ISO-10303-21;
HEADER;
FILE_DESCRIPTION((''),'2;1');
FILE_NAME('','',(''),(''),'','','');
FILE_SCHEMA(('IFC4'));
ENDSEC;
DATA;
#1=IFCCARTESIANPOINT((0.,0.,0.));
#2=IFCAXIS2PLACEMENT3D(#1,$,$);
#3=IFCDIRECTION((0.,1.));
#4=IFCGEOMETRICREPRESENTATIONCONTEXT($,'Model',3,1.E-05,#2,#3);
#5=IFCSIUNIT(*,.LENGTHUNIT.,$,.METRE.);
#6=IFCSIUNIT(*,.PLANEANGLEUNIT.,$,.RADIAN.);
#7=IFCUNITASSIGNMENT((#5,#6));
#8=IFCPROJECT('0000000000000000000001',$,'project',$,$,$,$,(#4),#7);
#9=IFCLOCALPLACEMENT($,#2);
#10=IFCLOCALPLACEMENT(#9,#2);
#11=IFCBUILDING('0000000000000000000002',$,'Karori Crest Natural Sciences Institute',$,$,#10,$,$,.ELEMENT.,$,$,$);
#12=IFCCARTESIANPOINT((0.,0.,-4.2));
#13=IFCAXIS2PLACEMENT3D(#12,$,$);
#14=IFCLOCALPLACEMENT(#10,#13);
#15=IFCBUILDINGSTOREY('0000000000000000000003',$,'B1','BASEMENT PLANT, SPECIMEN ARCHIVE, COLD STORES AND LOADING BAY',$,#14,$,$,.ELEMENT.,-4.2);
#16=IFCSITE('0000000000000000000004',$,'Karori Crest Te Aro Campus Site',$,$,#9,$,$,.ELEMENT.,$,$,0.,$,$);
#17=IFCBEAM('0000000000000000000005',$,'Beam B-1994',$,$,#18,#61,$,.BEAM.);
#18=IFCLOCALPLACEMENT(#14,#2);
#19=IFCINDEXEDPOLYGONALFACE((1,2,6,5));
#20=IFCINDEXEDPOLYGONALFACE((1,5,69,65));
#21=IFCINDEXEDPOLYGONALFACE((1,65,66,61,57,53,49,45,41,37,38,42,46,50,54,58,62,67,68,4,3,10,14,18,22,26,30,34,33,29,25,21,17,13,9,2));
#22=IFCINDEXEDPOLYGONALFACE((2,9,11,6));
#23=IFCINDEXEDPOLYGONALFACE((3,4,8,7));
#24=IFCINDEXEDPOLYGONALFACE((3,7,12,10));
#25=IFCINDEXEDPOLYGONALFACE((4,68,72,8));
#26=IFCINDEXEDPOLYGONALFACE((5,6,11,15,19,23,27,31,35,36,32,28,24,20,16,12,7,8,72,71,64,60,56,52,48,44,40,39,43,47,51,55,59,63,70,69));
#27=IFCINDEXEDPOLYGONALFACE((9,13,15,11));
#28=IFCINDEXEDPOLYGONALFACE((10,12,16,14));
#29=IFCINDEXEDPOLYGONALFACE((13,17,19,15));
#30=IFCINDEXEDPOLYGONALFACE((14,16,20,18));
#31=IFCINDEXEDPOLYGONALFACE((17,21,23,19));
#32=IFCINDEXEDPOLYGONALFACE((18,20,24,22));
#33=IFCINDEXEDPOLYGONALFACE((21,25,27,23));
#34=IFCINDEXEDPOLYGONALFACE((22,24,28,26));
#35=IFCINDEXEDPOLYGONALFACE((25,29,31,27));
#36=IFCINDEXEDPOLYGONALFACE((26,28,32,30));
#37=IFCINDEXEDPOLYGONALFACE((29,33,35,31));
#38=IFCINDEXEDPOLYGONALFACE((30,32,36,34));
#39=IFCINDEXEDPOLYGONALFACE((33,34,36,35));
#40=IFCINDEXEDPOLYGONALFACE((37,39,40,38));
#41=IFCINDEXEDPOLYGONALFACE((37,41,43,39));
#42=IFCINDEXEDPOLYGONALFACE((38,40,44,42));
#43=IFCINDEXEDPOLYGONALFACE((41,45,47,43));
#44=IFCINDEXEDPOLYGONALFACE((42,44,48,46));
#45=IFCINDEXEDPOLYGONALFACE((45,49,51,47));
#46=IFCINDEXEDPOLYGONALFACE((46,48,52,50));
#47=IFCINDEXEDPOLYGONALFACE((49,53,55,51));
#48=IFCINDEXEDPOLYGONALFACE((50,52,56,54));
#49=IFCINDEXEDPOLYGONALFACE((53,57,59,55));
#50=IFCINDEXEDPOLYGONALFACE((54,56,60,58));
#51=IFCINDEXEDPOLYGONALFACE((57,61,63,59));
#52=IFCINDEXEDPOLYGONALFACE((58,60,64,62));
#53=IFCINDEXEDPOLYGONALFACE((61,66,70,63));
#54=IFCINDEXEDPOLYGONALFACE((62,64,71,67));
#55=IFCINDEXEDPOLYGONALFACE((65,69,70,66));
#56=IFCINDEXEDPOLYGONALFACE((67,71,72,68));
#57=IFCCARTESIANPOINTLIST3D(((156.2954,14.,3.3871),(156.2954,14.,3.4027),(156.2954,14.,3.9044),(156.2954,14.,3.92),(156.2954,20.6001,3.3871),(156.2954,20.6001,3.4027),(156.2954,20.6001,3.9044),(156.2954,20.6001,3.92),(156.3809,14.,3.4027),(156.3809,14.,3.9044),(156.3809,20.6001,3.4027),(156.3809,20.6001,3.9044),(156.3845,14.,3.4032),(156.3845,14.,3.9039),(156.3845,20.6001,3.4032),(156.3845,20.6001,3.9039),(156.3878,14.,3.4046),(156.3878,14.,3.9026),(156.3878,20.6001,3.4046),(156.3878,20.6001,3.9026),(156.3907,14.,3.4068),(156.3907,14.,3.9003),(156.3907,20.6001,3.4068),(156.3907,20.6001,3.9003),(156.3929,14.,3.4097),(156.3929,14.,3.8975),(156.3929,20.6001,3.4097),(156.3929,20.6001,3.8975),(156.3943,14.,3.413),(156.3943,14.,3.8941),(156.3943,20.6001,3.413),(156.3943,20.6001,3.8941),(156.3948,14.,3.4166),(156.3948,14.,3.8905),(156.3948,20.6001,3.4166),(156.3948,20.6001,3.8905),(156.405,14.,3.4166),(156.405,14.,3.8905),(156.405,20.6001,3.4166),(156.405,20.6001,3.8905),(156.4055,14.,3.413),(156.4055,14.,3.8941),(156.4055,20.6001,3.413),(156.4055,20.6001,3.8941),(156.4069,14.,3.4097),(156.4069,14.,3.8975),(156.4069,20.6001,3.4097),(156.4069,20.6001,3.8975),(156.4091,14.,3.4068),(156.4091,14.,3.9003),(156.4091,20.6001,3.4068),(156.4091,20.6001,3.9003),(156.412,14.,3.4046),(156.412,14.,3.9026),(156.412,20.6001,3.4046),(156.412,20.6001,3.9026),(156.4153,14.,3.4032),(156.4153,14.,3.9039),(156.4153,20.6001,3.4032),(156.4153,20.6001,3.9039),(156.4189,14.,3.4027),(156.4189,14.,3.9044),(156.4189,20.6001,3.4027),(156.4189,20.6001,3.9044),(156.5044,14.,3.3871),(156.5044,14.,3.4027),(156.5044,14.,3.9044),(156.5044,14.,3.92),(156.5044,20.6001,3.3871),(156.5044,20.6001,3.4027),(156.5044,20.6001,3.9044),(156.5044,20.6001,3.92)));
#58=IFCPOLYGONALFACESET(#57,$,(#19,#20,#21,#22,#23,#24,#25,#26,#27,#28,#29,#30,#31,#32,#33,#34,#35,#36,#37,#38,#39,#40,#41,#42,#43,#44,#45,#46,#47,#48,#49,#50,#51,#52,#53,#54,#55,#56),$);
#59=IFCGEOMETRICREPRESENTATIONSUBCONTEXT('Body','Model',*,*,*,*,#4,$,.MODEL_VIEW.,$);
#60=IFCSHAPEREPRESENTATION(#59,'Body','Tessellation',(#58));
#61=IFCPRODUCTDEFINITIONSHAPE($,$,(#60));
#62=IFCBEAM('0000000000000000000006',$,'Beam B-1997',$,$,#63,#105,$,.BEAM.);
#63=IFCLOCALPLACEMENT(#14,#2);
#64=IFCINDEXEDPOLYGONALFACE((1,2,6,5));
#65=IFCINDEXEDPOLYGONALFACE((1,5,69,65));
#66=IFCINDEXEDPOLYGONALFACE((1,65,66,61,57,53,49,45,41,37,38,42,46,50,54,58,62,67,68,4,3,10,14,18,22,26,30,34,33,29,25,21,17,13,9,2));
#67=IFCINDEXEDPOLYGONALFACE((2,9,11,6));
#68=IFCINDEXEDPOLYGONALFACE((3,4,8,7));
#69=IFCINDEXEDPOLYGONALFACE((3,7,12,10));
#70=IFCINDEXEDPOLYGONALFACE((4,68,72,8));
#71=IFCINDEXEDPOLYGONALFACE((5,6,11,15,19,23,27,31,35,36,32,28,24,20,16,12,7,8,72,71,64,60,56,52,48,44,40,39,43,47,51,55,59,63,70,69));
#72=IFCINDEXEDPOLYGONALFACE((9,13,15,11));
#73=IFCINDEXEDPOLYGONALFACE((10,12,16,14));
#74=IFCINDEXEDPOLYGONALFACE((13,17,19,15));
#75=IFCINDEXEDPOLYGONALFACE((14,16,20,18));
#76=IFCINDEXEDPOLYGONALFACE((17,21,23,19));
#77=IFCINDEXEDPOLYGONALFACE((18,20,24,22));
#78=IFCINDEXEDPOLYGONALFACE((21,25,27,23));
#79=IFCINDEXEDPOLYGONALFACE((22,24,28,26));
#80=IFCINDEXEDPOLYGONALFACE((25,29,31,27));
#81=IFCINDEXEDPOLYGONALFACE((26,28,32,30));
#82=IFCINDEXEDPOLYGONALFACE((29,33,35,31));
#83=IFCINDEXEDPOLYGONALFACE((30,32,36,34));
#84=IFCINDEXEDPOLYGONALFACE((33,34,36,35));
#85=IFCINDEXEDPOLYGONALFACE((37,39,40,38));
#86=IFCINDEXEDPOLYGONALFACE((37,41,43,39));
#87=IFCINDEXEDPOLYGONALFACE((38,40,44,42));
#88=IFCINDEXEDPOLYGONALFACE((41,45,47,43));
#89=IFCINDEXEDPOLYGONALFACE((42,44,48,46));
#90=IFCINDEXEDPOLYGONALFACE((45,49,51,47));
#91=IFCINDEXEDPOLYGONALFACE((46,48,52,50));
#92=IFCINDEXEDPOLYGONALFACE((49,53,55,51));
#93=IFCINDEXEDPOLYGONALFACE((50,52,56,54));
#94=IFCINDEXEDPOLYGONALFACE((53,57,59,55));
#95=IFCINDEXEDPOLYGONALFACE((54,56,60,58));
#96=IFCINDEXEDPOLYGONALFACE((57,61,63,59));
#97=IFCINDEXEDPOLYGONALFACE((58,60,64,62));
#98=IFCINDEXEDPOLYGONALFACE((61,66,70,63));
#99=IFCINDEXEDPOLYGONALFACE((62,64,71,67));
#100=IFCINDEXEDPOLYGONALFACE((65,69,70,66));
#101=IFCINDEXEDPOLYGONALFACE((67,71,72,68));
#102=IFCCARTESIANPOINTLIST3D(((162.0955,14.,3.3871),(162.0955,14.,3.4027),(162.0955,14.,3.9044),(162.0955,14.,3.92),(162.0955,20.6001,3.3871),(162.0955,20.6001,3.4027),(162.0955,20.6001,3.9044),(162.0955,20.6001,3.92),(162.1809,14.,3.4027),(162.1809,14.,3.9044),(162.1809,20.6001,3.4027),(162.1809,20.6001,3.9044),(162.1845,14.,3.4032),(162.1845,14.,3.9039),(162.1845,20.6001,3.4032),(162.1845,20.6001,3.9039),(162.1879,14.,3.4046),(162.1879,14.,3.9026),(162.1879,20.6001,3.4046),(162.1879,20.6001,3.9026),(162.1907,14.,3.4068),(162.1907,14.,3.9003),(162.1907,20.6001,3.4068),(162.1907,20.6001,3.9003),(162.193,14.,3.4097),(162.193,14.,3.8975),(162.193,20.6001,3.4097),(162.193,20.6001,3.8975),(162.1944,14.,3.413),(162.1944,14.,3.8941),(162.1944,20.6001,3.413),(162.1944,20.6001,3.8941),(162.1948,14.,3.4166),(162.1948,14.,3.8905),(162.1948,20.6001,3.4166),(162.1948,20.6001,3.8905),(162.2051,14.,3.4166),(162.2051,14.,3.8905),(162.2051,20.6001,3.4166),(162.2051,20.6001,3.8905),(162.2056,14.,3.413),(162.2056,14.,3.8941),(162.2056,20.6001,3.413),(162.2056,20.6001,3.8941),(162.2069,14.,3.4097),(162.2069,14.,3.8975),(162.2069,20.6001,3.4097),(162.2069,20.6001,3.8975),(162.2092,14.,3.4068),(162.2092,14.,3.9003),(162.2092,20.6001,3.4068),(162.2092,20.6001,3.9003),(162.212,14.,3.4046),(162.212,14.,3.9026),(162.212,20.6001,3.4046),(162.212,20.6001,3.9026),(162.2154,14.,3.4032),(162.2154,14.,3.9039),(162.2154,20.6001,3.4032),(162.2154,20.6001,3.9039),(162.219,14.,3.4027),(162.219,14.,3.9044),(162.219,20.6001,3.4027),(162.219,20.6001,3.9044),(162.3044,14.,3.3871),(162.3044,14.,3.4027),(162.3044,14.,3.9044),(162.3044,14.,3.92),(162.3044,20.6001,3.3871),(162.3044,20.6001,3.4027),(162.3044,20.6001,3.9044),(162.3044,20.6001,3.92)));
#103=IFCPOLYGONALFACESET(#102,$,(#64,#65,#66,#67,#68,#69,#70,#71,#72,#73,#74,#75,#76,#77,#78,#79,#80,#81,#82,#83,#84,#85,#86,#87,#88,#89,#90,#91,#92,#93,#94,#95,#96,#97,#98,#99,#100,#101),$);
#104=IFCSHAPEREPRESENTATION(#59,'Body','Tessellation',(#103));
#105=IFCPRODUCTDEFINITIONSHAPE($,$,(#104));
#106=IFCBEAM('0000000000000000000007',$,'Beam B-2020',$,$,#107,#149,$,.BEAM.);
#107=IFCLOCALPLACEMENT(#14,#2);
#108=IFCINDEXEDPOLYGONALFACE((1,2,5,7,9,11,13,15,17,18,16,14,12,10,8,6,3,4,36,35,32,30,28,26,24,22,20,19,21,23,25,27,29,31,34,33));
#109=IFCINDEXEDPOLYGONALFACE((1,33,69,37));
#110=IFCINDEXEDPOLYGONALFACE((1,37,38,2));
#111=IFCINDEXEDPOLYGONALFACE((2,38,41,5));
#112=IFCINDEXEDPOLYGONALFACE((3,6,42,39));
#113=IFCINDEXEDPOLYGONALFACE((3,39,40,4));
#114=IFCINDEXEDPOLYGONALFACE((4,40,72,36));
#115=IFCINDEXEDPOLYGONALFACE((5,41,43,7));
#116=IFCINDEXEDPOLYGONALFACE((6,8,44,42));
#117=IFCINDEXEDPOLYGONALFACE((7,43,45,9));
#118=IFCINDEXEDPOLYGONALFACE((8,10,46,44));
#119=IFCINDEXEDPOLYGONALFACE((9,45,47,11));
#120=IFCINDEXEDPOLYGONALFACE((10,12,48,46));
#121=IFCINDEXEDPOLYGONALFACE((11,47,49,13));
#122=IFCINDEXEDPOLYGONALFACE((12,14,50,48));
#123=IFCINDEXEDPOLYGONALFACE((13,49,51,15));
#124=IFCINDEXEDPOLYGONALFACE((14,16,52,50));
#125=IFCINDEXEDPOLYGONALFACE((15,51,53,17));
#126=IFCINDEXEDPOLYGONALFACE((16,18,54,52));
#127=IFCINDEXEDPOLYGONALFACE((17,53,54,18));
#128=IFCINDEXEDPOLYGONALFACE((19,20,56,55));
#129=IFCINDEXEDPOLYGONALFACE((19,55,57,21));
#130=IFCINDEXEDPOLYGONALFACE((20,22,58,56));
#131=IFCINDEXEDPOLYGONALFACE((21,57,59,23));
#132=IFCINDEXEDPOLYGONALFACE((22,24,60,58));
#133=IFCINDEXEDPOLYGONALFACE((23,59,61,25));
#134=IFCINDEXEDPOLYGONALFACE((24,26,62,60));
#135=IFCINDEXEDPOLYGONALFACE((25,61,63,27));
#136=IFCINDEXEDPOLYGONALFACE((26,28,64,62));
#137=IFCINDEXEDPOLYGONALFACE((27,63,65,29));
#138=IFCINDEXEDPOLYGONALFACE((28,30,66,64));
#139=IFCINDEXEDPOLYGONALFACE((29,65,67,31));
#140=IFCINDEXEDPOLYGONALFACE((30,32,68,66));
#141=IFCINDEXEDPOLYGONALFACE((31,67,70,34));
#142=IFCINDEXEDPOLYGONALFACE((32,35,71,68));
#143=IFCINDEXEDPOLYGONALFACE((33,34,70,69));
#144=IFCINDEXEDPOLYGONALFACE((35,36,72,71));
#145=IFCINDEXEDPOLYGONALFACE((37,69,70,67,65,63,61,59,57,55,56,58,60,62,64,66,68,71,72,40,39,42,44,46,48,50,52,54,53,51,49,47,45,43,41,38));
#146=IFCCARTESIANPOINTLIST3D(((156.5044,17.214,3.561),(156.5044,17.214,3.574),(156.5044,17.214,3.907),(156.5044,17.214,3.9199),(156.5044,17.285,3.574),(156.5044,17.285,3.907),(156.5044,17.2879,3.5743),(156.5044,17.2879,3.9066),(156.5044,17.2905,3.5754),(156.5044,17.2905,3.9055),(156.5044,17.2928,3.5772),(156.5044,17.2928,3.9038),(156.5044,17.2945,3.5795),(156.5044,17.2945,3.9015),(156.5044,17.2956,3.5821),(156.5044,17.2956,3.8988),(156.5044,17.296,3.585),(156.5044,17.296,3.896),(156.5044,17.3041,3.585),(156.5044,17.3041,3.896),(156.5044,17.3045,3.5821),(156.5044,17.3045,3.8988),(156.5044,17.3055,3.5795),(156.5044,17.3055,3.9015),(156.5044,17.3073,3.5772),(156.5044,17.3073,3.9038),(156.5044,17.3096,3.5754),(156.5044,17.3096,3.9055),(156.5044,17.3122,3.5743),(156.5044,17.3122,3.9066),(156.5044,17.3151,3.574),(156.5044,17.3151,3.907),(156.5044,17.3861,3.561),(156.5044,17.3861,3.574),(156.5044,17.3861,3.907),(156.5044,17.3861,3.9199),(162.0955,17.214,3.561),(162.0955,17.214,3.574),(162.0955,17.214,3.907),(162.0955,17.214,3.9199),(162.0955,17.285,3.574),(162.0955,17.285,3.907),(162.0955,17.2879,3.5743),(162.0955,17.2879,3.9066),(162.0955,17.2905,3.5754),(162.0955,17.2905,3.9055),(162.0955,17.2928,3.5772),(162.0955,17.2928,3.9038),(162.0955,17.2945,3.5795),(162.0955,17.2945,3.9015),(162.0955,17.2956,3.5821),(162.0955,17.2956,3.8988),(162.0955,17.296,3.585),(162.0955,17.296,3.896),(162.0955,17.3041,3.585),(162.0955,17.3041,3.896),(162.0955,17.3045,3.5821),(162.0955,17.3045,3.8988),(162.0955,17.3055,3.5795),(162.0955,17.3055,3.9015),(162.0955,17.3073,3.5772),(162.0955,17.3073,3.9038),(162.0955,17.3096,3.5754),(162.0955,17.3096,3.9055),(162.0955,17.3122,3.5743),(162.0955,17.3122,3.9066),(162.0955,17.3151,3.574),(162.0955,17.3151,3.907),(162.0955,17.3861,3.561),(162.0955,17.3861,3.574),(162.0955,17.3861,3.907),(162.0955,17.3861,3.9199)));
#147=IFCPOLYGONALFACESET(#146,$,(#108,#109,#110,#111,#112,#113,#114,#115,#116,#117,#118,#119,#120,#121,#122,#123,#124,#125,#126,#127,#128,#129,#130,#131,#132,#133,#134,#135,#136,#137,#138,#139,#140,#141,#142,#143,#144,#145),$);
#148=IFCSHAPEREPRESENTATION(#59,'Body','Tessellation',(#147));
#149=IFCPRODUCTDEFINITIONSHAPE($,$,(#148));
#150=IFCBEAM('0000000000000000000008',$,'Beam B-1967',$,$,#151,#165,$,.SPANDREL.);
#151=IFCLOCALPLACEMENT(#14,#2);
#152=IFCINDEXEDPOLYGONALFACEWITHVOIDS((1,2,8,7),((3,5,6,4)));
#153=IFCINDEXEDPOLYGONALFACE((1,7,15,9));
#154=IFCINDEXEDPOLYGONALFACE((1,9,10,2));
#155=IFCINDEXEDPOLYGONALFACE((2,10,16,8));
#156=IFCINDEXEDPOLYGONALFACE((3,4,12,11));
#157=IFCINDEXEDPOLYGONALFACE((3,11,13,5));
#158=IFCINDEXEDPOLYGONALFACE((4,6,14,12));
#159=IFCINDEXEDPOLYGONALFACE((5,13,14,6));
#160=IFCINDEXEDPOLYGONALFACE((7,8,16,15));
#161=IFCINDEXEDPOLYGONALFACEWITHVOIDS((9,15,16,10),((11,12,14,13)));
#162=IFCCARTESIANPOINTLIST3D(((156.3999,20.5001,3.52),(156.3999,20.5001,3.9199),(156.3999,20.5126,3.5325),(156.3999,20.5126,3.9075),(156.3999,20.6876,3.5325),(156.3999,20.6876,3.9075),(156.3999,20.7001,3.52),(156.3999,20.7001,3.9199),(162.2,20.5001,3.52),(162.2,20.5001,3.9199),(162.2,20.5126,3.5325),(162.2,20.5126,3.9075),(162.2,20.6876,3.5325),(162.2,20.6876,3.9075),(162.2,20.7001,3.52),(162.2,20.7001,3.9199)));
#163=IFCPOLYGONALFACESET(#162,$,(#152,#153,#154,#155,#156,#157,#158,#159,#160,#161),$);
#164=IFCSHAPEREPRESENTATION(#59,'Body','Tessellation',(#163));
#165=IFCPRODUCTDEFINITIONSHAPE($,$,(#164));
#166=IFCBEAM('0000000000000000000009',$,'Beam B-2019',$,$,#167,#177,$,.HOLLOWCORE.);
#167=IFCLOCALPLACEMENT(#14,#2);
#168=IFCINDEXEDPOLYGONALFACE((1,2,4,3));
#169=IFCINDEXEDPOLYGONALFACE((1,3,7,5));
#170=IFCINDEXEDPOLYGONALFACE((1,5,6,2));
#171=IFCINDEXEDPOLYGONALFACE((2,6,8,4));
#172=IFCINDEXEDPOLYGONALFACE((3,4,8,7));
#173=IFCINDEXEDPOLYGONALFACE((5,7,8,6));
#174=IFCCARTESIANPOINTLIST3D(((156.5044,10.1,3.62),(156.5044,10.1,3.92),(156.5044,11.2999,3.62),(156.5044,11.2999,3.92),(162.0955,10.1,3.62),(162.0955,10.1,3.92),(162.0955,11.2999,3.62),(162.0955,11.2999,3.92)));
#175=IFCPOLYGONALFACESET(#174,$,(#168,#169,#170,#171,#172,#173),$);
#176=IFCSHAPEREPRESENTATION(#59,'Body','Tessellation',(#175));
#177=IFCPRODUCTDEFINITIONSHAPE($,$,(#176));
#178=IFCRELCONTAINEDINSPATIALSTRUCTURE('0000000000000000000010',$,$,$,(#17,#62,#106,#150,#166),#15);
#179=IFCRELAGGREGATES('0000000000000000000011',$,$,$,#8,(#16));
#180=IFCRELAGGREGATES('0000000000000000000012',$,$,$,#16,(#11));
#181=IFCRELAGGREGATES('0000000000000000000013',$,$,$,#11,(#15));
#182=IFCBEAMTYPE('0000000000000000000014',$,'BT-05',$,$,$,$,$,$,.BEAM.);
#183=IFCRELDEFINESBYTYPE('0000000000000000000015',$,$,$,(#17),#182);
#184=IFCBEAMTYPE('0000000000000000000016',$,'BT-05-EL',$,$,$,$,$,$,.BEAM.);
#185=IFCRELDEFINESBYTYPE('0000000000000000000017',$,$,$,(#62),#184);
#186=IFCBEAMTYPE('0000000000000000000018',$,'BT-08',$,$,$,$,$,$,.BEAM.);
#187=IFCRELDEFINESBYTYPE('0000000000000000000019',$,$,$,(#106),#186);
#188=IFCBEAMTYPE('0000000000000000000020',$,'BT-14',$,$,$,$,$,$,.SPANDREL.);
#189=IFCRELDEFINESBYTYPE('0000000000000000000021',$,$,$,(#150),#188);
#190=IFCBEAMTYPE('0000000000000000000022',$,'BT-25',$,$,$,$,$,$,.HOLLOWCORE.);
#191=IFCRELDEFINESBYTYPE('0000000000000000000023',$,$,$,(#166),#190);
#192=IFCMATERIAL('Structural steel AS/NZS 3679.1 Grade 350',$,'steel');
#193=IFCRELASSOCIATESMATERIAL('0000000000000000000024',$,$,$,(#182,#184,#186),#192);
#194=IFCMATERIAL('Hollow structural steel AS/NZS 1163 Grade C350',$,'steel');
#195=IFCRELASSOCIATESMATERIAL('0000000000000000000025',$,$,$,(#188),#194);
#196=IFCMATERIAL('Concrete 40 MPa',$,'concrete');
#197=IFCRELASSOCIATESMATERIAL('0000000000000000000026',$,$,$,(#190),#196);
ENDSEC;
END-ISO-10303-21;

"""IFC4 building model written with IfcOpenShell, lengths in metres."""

from ifc_helpers import new_model, si_unit, direction, frame, origin, origin_2d, place, context, subcontext, project, spatial, rectangle, hollow_rectangle, i_section, extrude, material, material_profile, profile_set, type_object, element, save


model = new_model("IFC4")

# Units and contexts
model_context = context("Model", 3, precision=1e-05, world=origin(), true_north=direction((0.0, 1.0)))
body_context = subcontext(model_context, "Body", "Model", "MODEL_VIEW")
ifc_project = project(units=[si_unit("LENGTHUNIT", "METRE"), si_unit("PLANEANGLEUNIT", "RADIAN")], contexts=[model_context])

# Site, building, storey
site_placement = place(None, origin())
site = spatial("IfcSite", under=ifc_project, at=site_placement, Name="Karori Crest Te Aro Campus Site", CompositionType="ELEMENT", RefElevation=0.0)
building_placement = place(site_placement, origin())
building = spatial("IfcBuilding", under=site, at=building_placement, Name="Karori Crest Natural Sciences Institute", CompositionType="ELEMENT")
storey_placement = place(building_placement, frame((0.0, 0.0, -4.2)))
storey = spatial("IfcBuildingStorey", under=building, at=storey_placement, Name="B1", Description="BASEMENT PLANT, SPECIMEN ARCHIVE, COLD STORES AND LOADING BAY", CompositionType="ELEMENT", Elevation=-4.2)

# Shared definitions
ifc_material_1 = material(Name="Concrete 40 MPa", Category="concrete")

# Shared definitions
ifc_material_2 = material(Name="Structural steel AS/NZS 3679.1 Grade 350", Category="steel")

# Beams
ifc_material_profile_1 = material_profile(ifc_material_2, i_section(OverallWidth=0.209, OverallDepth=0.533, WebThickness=0.0103, FlangeThickness=0.0156, FilletRadius=0.0139, at=origin_2d()), Name="530UB92.4")
ifc_profile_set_1 = profile_set([ifc_material_profile_1], Name="Structural steel AS/NZS 3679.1 Grade 350")
beam_type_1 = type_object("IfcBeamType", Name="BT-05", PredefinedType="BEAM", material=ifc_profile_set_1)
beam_1_placement = place(storey_placement, frame((156.3999, 14.0, 3.6536), z_axis=(0.0, 1.0, 0.0), x_axis=(-1.0, 0.0, 0.0)))
element("IfcBeam", 1, at=beam_1_placement, inside=storey, type_object=beam_type_1, Name="Beam B-1994", PredefinedType="BEAM", context=body_context, shape_type="SweptSolid", body=[
    extrude(i_section(OverallWidth=0.209, OverallDepth=0.533, WebThickness=0.0103, FlangeThickness=0.0156, FilletRadius=0.0139, at=origin_2d()), origin(), (0.0, 0.0, 1.0), 6.6001),
])
ifc_material_profile_2 = material_profile(ifc_material_2, i_section(OverallWidth=0.209, OverallDepth=0.533, WebThickness=0.0103, FlangeThickness=0.0156, FilletRadius=0.0139, at=origin_2d()), Name="530UB92.4")
ifc_profile_set_2 = profile_set([ifc_material_profile_2], Name="Structural steel AS/NZS 3679.1 Grade 350")
beam_type_2 = type_object("IfcBeamType", Name="BT-05-EL", PredefinedType="BEAM", material=ifc_profile_set_2)
beam_2_placement = place(storey_placement, frame((162.2, 14.0, 3.6536), z_axis=(0.0, 1.0, 0.0), x_axis=(-1.0, 0.0, 0.0)))
element("IfcBeam", 2, at=beam_2_placement, inside=storey, type_object=beam_type_2, Name="Beam B-1997", PredefinedType="BEAM", context=body_context, shape_type="SweptSolid", body=[
    extrude(i_section(OverallWidth=0.209, OverallDepth=0.533, WebThickness=0.0103, FlangeThickness=0.0156, FilletRadius=0.0139, at=origin_2d()), origin(), (0.0, 0.0, 1.0), 6.6001),
])
ifc_material_profile_3 = material_profile(ifc_material_2, i_section(OverallWidth=0.1721, OverallDepth=0.3589, WebThickness=0.0081, FlangeThickness=0.0129, FilletRadius=0.011, at=origin_2d()), Name="360UB56.7")
ifc_profile_set_3 = profile_set([ifc_material_profile_3], Name="Structural steel AS/NZS 3679.1 Grade 350")
beam_type_3 = type_object("IfcBeamType", Name="BT-08", PredefinedType="BEAM", material=ifc_profile_set_3)
beam_3_placement = place(storey_placement, frame((156.5044, 17.3, 3.7405), z_axis=(1.0, 0.0, 0.0), x_axis=(0.0, 1.0, 0.0)))
element("IfcBeam", 3, at=beam_3_placement, inside=storey, type_object=beam_type_3, Name="Beam B-2020", PredefinedType="BEAM", context=body_context, shape_type="SweptSolid", body=[
    extrude(i_section(OverallWidth=0.1721, OverallDepth=0.3589, WebThickness=0.0081, FlangeThickness=0.0129, FilletRadius=0.011, at=origin_2d()), origin(), (0.0, 0.0, 1.0), 5.5911),
])
ifc_material_3 = material(Name="Hollow structural steel AS/NZS 1163 Grade C350", Category="steel")
ifc_material_profile_4 = material_profile(ifc_material_3, hollow_rectangle(XDim=0.2, YDim=0.3999, WallThickness=0.0125, at=origin_2d()), Name="RHS400x200x12.5")
ifc_profile_set_4 = profile_set([ifc_material_profile_4], Name="Hollow structural steel AS/NZS 1163 Grade C350")
beam_type_4 = type_object("IfcBeamType", Name="BT-14", PredefinedType="SPANDREL", material=ifc_profile_set_4)
beam_4_placement = place(storey_placement, frame((156.3999, 20.6001, 3.72), z_axis=(1.0, 0.0, 0.0), x_axis=(0.0, 1.0, 0.0)))
element("IfcBeam", 4, at=beam_4_placement, inside=storey, type_object=beam_type_4, Name="Beam B-1967", PredefinedType="SPANDREL", context=body_context, shape_type="SweptSolid", body=[
    extrude(hollow_rectangle(XDim=0.2, YDim=0.3999, WallThickness=0.0125, at=origin_2d()), origin(), (0.0, 0.0, 1.0), 5.8),
])
ifc_material_profile_5 = material_profile(ifc_material_1, rectangle(XDim=1.2, YDim=0.3, at=origin_2d()), Name="HCP1200x300")
ifc_profile_set_5 = profile_set([ifc_material_profile_5], Name="Concrete 40 MPa")
beam_type_5 = type_object("IfcBeamType", Name="BT-25", PredefinedType="HOLLOWCORE", material=ifc_profile_set_5)
beam_5_placement = place(storey_placement, frame((156.5044, 10.7, 3.77), z_axis=(1.0, 0.0, 0.0), x_axis=(0.0, 1.0, 0.0)))
element("IfcBeam", 5, at=beam_5_placement, inside=storey, type_object=beam_type_5, Name="Beam B-2019", PredefinedType="HOLLOWCORE", context=body_context, shape_type="SweptSolid", body=[
    extrude(rectangle(XDim=1.2, YDim=0.3, at=origin_2d()), origin(), (0.0, 0.0, 1.0), 5.5911),
])

save(model, "model.ifc")
